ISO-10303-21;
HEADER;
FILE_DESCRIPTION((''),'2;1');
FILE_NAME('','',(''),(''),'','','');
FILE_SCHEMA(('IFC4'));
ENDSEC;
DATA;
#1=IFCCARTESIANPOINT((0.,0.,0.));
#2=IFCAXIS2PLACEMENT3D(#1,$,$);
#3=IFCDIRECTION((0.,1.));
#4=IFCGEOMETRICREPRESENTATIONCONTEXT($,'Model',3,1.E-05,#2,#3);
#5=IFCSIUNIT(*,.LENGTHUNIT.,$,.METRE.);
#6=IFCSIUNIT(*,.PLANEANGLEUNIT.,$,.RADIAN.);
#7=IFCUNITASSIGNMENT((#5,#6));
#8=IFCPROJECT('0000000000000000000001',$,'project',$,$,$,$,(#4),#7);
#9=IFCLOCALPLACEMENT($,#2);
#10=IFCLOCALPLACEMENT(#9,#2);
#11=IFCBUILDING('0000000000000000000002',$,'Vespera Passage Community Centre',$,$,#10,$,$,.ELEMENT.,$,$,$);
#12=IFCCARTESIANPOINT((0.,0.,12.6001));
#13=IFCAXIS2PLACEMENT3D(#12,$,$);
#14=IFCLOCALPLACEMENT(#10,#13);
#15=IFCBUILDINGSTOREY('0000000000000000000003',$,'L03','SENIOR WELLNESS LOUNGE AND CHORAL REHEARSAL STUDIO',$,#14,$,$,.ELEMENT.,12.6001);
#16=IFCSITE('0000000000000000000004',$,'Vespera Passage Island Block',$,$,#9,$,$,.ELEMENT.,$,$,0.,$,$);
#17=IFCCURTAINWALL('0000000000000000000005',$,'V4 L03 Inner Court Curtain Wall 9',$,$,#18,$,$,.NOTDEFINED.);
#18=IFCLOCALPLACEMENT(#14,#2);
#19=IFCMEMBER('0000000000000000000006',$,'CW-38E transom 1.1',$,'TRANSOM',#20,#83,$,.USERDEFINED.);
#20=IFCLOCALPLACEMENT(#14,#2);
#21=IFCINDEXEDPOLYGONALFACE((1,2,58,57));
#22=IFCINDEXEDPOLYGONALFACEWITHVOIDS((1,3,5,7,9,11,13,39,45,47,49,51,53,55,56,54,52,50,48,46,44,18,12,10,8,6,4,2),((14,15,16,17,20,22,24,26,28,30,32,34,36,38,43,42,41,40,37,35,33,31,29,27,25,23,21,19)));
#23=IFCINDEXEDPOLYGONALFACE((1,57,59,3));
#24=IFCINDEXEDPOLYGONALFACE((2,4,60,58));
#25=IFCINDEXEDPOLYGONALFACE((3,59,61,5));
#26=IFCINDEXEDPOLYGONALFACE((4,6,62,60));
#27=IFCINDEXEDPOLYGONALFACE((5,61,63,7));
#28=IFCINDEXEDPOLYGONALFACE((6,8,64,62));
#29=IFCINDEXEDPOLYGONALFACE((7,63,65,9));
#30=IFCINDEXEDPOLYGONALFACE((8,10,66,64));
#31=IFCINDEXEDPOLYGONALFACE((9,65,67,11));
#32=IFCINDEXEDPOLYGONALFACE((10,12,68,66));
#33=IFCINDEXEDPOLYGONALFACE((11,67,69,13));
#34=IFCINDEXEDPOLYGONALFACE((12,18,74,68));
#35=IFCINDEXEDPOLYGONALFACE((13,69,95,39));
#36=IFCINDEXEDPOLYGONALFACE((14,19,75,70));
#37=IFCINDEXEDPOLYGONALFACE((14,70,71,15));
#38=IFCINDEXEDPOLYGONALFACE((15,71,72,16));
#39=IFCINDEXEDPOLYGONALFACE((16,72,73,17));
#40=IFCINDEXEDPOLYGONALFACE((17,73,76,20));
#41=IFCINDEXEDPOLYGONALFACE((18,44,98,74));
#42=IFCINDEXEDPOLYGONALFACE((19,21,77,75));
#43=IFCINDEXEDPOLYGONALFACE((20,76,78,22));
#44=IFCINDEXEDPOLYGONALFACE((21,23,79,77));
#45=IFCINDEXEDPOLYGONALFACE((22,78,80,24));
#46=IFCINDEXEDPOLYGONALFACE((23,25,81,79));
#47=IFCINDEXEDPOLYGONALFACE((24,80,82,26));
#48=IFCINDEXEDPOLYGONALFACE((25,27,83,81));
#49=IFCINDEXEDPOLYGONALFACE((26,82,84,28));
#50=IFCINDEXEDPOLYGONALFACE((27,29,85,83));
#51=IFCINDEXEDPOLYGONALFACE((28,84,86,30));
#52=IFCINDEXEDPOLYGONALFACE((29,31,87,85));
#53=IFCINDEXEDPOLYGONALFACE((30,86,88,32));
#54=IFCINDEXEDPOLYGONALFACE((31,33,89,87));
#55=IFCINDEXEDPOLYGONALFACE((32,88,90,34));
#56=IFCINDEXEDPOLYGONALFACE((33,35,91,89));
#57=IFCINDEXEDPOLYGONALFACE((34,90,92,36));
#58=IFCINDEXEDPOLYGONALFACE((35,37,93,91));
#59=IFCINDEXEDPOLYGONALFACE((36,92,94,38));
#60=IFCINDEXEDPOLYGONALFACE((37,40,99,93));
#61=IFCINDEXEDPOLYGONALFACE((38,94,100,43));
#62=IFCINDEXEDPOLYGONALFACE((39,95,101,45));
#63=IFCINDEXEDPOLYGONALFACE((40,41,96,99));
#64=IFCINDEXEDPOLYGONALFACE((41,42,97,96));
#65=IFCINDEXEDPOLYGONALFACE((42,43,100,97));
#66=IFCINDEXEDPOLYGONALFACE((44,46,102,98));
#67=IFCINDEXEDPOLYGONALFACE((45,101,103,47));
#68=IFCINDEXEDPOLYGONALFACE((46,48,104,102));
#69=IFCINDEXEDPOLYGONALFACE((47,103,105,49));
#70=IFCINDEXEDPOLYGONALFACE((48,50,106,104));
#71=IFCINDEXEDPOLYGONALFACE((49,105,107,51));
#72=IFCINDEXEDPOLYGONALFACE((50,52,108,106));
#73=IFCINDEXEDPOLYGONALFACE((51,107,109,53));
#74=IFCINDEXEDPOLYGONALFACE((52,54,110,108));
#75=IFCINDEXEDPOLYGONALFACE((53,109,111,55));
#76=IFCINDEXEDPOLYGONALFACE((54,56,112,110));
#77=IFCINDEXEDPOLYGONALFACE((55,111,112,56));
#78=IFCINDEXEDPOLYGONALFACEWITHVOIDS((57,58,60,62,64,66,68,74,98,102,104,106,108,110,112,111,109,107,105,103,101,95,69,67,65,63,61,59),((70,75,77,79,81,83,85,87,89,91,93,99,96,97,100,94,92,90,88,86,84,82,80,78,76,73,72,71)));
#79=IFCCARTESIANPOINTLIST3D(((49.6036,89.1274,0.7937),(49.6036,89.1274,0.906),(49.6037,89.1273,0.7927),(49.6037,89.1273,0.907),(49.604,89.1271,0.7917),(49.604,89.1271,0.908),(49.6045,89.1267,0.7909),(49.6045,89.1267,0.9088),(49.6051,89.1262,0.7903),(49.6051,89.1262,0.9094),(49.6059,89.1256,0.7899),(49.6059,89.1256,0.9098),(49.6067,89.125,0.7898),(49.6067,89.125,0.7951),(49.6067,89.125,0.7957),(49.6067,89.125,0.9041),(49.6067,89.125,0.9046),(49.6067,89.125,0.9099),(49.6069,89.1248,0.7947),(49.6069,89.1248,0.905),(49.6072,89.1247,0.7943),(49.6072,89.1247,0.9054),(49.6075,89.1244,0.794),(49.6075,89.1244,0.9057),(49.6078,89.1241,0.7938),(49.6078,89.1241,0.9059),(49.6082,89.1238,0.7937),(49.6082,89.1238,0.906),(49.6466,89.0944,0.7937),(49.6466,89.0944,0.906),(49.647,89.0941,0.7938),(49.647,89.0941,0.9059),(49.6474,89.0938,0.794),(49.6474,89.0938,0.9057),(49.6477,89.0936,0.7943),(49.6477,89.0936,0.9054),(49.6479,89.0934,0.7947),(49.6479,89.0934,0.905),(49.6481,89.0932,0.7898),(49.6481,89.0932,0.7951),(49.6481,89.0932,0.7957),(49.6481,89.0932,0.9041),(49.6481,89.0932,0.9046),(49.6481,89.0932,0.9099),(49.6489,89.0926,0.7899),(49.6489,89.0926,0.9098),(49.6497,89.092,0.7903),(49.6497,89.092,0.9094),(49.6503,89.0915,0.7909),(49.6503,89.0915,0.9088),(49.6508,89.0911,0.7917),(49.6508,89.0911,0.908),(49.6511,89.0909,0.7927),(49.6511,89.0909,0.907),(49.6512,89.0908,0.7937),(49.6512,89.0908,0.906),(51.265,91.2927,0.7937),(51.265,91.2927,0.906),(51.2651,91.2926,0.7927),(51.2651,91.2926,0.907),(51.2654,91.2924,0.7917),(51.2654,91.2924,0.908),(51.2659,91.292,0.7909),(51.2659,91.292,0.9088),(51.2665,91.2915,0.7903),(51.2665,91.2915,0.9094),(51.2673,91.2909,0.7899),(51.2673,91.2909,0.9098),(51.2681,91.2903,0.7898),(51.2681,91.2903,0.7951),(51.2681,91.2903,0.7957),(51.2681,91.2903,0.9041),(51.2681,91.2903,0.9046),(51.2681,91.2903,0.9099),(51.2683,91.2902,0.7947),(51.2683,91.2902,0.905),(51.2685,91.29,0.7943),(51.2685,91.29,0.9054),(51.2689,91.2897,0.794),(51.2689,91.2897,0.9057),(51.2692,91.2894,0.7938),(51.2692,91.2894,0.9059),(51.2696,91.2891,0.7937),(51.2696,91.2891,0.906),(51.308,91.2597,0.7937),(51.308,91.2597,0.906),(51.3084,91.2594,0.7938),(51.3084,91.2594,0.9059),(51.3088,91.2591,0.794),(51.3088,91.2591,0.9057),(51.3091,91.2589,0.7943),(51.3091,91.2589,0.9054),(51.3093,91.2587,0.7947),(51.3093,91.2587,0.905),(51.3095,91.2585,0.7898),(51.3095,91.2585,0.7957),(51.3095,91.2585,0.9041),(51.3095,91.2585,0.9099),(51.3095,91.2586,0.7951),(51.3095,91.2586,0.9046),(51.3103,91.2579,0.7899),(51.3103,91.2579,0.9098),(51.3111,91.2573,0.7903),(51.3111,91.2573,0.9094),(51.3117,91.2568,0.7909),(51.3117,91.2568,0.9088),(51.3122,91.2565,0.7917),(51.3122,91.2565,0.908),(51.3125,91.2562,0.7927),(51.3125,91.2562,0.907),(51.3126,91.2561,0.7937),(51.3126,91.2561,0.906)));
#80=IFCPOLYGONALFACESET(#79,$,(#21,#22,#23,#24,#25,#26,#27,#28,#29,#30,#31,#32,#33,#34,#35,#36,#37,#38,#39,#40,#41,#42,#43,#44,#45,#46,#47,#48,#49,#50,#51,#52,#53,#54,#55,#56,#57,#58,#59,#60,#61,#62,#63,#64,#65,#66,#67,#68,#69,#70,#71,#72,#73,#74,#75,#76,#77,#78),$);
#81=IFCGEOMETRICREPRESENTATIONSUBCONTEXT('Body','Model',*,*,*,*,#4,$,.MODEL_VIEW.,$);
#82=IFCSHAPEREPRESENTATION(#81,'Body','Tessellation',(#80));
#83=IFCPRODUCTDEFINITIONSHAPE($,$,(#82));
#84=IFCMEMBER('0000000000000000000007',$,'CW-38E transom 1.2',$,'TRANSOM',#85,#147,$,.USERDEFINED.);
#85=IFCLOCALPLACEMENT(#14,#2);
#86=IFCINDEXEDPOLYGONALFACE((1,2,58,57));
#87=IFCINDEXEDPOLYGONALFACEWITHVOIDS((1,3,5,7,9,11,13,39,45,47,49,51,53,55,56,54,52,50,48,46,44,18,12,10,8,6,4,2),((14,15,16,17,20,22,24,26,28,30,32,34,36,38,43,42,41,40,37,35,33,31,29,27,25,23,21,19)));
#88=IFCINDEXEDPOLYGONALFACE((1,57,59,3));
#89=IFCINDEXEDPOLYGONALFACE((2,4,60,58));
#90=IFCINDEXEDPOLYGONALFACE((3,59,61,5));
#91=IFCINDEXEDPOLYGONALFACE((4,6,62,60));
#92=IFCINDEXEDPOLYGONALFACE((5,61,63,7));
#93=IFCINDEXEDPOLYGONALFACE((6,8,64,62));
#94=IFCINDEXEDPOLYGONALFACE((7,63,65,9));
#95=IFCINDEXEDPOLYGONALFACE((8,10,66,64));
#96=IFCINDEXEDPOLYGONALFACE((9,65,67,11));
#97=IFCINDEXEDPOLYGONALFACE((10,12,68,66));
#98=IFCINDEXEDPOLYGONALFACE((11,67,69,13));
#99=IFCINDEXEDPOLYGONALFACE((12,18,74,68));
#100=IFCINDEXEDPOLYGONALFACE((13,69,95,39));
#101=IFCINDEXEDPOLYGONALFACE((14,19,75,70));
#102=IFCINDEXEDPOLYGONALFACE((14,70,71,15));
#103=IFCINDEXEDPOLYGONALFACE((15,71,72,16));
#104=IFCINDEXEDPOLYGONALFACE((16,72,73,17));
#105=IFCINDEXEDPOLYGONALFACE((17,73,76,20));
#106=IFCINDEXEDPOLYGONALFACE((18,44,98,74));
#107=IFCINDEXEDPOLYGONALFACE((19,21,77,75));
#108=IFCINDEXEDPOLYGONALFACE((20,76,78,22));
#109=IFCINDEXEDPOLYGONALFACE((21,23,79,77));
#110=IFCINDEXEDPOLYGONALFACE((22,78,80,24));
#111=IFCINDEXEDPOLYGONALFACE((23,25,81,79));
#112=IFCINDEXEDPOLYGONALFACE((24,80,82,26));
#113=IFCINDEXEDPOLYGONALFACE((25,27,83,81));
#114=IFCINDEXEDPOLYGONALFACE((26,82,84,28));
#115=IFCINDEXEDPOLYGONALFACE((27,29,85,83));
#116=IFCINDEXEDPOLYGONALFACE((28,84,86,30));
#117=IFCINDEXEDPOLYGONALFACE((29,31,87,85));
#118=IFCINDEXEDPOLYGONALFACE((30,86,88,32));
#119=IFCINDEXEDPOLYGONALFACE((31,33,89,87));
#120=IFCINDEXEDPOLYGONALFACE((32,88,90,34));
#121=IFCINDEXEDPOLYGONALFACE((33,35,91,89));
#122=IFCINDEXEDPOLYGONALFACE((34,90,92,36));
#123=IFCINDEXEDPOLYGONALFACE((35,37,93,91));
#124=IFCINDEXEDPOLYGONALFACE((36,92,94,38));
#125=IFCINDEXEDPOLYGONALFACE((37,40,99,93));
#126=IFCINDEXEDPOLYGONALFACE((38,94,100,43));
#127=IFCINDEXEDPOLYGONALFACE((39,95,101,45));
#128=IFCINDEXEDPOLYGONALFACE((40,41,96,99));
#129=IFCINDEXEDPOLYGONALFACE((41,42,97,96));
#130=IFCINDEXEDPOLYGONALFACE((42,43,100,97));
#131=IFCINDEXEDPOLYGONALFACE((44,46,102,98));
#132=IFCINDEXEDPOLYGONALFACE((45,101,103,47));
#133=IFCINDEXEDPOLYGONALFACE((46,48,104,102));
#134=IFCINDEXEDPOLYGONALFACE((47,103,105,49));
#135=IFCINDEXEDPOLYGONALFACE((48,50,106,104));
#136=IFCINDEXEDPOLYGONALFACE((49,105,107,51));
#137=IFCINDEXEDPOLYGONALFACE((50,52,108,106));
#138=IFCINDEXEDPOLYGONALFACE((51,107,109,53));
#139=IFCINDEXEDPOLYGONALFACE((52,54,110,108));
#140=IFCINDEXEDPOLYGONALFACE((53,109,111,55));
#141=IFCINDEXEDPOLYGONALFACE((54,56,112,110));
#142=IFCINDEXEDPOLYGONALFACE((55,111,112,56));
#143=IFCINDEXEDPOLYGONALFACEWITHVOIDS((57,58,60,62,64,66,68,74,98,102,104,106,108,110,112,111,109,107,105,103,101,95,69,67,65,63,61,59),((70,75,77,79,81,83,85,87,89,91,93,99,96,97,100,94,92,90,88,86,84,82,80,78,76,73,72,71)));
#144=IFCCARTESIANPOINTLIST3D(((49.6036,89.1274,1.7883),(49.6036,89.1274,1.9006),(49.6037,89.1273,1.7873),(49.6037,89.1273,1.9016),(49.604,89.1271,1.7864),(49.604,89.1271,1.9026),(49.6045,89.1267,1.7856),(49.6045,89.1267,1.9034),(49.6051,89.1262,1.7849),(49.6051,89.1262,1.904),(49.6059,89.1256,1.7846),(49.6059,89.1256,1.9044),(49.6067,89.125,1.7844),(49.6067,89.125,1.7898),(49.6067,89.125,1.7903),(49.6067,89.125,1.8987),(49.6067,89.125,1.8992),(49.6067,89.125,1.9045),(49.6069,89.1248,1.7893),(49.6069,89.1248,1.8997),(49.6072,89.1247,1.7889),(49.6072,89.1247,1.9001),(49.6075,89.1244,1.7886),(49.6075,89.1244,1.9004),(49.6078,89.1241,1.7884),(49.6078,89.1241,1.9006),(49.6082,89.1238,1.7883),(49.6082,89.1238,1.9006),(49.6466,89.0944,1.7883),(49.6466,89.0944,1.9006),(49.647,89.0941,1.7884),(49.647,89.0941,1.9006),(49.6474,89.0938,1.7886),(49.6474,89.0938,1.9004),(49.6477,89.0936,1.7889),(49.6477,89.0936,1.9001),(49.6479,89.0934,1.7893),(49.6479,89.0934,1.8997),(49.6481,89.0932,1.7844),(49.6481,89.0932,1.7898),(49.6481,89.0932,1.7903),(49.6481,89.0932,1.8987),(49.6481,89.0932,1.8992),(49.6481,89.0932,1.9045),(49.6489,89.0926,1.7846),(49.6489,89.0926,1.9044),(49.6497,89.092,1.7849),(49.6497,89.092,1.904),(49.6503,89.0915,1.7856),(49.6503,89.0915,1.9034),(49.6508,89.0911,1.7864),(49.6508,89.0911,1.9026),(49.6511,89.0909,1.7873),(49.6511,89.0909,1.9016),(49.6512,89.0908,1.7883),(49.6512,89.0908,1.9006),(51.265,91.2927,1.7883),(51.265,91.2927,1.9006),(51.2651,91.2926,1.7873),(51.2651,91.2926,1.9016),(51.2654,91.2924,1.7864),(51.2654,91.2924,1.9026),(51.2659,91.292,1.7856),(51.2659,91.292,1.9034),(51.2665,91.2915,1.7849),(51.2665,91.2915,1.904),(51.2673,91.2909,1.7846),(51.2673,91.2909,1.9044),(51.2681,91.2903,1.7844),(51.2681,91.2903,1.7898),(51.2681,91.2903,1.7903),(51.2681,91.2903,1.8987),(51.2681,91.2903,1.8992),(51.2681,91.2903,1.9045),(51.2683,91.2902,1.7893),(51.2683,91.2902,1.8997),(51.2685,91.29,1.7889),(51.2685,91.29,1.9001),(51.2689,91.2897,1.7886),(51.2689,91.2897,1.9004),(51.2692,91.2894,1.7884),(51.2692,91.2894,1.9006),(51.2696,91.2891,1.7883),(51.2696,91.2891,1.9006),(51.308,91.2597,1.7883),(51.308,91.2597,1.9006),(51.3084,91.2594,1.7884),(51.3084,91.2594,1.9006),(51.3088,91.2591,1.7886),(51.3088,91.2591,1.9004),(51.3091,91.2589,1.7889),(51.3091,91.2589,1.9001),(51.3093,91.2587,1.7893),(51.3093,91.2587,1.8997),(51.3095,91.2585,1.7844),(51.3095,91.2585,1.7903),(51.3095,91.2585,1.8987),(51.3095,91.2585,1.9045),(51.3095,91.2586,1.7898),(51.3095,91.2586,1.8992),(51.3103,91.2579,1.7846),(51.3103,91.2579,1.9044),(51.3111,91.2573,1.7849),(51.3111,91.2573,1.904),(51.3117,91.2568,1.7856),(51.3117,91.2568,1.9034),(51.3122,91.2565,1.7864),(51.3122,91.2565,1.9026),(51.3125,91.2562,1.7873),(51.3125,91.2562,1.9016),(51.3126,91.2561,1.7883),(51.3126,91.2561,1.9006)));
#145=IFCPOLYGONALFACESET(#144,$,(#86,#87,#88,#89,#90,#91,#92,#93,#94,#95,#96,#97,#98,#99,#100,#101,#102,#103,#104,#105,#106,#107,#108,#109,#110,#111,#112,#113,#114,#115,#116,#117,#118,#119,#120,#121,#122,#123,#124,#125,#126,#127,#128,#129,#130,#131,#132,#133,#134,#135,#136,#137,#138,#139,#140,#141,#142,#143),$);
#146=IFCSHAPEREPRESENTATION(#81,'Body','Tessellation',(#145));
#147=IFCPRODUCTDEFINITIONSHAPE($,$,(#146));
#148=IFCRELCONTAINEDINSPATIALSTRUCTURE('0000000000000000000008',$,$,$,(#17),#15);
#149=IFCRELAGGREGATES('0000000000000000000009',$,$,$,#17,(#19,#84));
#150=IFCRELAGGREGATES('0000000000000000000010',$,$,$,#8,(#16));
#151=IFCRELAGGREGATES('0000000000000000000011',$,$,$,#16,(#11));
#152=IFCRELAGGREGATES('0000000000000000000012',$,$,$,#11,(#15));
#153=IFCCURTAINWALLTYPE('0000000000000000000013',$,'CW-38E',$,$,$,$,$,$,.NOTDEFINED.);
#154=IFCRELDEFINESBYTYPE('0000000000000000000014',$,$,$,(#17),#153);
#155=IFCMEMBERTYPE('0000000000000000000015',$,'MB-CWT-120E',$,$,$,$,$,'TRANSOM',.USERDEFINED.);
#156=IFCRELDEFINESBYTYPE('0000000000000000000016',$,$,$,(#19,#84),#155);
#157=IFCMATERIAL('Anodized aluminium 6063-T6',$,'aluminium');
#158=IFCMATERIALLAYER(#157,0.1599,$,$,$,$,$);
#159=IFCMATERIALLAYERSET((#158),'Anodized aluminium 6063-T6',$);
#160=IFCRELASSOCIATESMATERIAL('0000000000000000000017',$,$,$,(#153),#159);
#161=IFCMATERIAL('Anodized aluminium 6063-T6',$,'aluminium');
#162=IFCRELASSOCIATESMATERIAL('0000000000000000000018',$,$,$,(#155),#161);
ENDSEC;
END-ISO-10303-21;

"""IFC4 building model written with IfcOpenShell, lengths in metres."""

from ifc_helpers import new_model, si_unit, direction, frame, origin, origin_2d, place, context, subcontext, project, spatial, hollow_rectangle, extrude, material, layer, layer_set, material_profile, profile_set, type_object, element, aggregate, save


model = new_model("IFC4")

# Units and contexts
model_context = context("Model", 3, precision=1e-05, world=origin(), true_north=direction((0.0, 1.0)))
body_context = subcontext(model_context, "Body", "Model", "MODEL_VIEW")
ifc_project = project(units=[si_unit("LENGTHUNIT", "METRE"), si_unit("PLANEANGLEUNIT", "RADIAN")], contexts=[model_context])

# Site, building, storey
site_placement = place(None, origin())
site = spatial("IfcSite", under=ifc_project, at=site_placement, Name="Vespera Passage Island Block", CompositionType="ELEMENT", RefElevation=0.0)
building_placement = place(site_placement, origin())
building = spatial("IfcBuilding", under=site, at=building_placement, Name="Vespera Passage Community Centre", CompositionType="ELEMENT")
storey_placement = place(building_placement, frame((0.0, 0.0, 12.6001)))
storey = spatial("IfcBuildingStorey", under=building, at=storey_placement, Name="L03", Description="SENIOR WELLNESS LOUNGE AND CHORAL REHEARSAL STUDIO", CompositionType="ELEMENT", Elevation=12.6001)

# Curtain wall, members
ifc_material_1 = material(Name="Anodized aluminium 6063-T6", Category="aluminium")
ifc_layer_1 = layer(ifc_material_1, 0.1599)
ifc_layer_set_1 = layer_set([ifc_layer_1], Name="Anodized aluminium 6063-T6")
curtain_wall_type_1 = type_object("IfcCurtainWallType", Name="CW-38E", PredefinedType="NOTDEFINED", material=ifc_layer_set_1)
curtain_wall_1_placement = place(storey_placement, origin())
curtain_wall_1 = element("IfcCurtainWall", 1, at=curtain_wall_1_placement, inside=storey, type_object=curtain_wall_type_1, Name="V4 L03 Inner Court Curtain Wall 9", PredefinedType="NOTDEFINED")
ifc_material_2 = material(Name="Anodized aluminium 6063-T6", Category="aluminium")
ifc_material_profile_1 = material_profile(ifc_material_2, hollow_rectangle(XDim=0.0601, YDim=0.1201, WallThickness=0.0039, InnerFilletRadius=0.002, OuterFilletRadius=0.0039, at=origin_2d()), Name="ALU120X60X4")
ifc_profile_set_1 = profile_set([ifc_material_profile_1], Name="Anodized aluminium 6063-T6")
member_type_1 = type_object("IfcMemberType", Name="MB-CWT-120E", ElementType="TRANSOM", PredefinedType="USERDEFINED", material=ifc_profile_set_1)
member_1_placement = place(storey_placement, frame((51.2888, 91.2744, 0.8499), z_axis=(-0.608738, -0.793372, 0.0), x_axis=(0.793372, -0.608738, 0.0)))
member_1 = element("IfcMember", 2, at=member_1_placement, type_object=member_type_1, Name="CW-38E transom 1.1", ObjectType="TRANSOM", PredefinedType="USERDEFINED", context=body_context, shape_type="SweptSolid", body=[
    extrude(hollow_rectangle(XDim=0.0601, YDim=0.1201, WallThickness=0.0039, InnerFilletRadius=0.002, OuterFilletRadius=0.0039, at=origin_2d()), origin(), (0.0, 0.0, 1.0), 2.7292),
])
member_2_placement = place(storey_placement, frame((51.2888, 91.2744, 1.8445), z_axis=(-0.608738, -0.793372, 0.0), x_axis=(0.793372, -0.608738, 0.0)))
member_2 = element("IfcMember", 3, at=member_2_placement, type_object=member_type_1, Name="CW-38E transom 1.2", ObjectType="TRANSOM", PredefinedType="USERDEFINED", context=body_context, shape_type="SweptSolid", body=[
    extrude(hollow_rectangle(XDim=0.0601, YDim=0.1201, WallThickness=0.0039, InnerFilletRadius=0.002, OuterFilletRadius=0.0039, at=origin_2d()), origin(), (0.0, 0.0, 1.0), 2.7292),
])
aggregate(curtain_wall_1, [member_1, member_2])

save(model, "model.ifc")
